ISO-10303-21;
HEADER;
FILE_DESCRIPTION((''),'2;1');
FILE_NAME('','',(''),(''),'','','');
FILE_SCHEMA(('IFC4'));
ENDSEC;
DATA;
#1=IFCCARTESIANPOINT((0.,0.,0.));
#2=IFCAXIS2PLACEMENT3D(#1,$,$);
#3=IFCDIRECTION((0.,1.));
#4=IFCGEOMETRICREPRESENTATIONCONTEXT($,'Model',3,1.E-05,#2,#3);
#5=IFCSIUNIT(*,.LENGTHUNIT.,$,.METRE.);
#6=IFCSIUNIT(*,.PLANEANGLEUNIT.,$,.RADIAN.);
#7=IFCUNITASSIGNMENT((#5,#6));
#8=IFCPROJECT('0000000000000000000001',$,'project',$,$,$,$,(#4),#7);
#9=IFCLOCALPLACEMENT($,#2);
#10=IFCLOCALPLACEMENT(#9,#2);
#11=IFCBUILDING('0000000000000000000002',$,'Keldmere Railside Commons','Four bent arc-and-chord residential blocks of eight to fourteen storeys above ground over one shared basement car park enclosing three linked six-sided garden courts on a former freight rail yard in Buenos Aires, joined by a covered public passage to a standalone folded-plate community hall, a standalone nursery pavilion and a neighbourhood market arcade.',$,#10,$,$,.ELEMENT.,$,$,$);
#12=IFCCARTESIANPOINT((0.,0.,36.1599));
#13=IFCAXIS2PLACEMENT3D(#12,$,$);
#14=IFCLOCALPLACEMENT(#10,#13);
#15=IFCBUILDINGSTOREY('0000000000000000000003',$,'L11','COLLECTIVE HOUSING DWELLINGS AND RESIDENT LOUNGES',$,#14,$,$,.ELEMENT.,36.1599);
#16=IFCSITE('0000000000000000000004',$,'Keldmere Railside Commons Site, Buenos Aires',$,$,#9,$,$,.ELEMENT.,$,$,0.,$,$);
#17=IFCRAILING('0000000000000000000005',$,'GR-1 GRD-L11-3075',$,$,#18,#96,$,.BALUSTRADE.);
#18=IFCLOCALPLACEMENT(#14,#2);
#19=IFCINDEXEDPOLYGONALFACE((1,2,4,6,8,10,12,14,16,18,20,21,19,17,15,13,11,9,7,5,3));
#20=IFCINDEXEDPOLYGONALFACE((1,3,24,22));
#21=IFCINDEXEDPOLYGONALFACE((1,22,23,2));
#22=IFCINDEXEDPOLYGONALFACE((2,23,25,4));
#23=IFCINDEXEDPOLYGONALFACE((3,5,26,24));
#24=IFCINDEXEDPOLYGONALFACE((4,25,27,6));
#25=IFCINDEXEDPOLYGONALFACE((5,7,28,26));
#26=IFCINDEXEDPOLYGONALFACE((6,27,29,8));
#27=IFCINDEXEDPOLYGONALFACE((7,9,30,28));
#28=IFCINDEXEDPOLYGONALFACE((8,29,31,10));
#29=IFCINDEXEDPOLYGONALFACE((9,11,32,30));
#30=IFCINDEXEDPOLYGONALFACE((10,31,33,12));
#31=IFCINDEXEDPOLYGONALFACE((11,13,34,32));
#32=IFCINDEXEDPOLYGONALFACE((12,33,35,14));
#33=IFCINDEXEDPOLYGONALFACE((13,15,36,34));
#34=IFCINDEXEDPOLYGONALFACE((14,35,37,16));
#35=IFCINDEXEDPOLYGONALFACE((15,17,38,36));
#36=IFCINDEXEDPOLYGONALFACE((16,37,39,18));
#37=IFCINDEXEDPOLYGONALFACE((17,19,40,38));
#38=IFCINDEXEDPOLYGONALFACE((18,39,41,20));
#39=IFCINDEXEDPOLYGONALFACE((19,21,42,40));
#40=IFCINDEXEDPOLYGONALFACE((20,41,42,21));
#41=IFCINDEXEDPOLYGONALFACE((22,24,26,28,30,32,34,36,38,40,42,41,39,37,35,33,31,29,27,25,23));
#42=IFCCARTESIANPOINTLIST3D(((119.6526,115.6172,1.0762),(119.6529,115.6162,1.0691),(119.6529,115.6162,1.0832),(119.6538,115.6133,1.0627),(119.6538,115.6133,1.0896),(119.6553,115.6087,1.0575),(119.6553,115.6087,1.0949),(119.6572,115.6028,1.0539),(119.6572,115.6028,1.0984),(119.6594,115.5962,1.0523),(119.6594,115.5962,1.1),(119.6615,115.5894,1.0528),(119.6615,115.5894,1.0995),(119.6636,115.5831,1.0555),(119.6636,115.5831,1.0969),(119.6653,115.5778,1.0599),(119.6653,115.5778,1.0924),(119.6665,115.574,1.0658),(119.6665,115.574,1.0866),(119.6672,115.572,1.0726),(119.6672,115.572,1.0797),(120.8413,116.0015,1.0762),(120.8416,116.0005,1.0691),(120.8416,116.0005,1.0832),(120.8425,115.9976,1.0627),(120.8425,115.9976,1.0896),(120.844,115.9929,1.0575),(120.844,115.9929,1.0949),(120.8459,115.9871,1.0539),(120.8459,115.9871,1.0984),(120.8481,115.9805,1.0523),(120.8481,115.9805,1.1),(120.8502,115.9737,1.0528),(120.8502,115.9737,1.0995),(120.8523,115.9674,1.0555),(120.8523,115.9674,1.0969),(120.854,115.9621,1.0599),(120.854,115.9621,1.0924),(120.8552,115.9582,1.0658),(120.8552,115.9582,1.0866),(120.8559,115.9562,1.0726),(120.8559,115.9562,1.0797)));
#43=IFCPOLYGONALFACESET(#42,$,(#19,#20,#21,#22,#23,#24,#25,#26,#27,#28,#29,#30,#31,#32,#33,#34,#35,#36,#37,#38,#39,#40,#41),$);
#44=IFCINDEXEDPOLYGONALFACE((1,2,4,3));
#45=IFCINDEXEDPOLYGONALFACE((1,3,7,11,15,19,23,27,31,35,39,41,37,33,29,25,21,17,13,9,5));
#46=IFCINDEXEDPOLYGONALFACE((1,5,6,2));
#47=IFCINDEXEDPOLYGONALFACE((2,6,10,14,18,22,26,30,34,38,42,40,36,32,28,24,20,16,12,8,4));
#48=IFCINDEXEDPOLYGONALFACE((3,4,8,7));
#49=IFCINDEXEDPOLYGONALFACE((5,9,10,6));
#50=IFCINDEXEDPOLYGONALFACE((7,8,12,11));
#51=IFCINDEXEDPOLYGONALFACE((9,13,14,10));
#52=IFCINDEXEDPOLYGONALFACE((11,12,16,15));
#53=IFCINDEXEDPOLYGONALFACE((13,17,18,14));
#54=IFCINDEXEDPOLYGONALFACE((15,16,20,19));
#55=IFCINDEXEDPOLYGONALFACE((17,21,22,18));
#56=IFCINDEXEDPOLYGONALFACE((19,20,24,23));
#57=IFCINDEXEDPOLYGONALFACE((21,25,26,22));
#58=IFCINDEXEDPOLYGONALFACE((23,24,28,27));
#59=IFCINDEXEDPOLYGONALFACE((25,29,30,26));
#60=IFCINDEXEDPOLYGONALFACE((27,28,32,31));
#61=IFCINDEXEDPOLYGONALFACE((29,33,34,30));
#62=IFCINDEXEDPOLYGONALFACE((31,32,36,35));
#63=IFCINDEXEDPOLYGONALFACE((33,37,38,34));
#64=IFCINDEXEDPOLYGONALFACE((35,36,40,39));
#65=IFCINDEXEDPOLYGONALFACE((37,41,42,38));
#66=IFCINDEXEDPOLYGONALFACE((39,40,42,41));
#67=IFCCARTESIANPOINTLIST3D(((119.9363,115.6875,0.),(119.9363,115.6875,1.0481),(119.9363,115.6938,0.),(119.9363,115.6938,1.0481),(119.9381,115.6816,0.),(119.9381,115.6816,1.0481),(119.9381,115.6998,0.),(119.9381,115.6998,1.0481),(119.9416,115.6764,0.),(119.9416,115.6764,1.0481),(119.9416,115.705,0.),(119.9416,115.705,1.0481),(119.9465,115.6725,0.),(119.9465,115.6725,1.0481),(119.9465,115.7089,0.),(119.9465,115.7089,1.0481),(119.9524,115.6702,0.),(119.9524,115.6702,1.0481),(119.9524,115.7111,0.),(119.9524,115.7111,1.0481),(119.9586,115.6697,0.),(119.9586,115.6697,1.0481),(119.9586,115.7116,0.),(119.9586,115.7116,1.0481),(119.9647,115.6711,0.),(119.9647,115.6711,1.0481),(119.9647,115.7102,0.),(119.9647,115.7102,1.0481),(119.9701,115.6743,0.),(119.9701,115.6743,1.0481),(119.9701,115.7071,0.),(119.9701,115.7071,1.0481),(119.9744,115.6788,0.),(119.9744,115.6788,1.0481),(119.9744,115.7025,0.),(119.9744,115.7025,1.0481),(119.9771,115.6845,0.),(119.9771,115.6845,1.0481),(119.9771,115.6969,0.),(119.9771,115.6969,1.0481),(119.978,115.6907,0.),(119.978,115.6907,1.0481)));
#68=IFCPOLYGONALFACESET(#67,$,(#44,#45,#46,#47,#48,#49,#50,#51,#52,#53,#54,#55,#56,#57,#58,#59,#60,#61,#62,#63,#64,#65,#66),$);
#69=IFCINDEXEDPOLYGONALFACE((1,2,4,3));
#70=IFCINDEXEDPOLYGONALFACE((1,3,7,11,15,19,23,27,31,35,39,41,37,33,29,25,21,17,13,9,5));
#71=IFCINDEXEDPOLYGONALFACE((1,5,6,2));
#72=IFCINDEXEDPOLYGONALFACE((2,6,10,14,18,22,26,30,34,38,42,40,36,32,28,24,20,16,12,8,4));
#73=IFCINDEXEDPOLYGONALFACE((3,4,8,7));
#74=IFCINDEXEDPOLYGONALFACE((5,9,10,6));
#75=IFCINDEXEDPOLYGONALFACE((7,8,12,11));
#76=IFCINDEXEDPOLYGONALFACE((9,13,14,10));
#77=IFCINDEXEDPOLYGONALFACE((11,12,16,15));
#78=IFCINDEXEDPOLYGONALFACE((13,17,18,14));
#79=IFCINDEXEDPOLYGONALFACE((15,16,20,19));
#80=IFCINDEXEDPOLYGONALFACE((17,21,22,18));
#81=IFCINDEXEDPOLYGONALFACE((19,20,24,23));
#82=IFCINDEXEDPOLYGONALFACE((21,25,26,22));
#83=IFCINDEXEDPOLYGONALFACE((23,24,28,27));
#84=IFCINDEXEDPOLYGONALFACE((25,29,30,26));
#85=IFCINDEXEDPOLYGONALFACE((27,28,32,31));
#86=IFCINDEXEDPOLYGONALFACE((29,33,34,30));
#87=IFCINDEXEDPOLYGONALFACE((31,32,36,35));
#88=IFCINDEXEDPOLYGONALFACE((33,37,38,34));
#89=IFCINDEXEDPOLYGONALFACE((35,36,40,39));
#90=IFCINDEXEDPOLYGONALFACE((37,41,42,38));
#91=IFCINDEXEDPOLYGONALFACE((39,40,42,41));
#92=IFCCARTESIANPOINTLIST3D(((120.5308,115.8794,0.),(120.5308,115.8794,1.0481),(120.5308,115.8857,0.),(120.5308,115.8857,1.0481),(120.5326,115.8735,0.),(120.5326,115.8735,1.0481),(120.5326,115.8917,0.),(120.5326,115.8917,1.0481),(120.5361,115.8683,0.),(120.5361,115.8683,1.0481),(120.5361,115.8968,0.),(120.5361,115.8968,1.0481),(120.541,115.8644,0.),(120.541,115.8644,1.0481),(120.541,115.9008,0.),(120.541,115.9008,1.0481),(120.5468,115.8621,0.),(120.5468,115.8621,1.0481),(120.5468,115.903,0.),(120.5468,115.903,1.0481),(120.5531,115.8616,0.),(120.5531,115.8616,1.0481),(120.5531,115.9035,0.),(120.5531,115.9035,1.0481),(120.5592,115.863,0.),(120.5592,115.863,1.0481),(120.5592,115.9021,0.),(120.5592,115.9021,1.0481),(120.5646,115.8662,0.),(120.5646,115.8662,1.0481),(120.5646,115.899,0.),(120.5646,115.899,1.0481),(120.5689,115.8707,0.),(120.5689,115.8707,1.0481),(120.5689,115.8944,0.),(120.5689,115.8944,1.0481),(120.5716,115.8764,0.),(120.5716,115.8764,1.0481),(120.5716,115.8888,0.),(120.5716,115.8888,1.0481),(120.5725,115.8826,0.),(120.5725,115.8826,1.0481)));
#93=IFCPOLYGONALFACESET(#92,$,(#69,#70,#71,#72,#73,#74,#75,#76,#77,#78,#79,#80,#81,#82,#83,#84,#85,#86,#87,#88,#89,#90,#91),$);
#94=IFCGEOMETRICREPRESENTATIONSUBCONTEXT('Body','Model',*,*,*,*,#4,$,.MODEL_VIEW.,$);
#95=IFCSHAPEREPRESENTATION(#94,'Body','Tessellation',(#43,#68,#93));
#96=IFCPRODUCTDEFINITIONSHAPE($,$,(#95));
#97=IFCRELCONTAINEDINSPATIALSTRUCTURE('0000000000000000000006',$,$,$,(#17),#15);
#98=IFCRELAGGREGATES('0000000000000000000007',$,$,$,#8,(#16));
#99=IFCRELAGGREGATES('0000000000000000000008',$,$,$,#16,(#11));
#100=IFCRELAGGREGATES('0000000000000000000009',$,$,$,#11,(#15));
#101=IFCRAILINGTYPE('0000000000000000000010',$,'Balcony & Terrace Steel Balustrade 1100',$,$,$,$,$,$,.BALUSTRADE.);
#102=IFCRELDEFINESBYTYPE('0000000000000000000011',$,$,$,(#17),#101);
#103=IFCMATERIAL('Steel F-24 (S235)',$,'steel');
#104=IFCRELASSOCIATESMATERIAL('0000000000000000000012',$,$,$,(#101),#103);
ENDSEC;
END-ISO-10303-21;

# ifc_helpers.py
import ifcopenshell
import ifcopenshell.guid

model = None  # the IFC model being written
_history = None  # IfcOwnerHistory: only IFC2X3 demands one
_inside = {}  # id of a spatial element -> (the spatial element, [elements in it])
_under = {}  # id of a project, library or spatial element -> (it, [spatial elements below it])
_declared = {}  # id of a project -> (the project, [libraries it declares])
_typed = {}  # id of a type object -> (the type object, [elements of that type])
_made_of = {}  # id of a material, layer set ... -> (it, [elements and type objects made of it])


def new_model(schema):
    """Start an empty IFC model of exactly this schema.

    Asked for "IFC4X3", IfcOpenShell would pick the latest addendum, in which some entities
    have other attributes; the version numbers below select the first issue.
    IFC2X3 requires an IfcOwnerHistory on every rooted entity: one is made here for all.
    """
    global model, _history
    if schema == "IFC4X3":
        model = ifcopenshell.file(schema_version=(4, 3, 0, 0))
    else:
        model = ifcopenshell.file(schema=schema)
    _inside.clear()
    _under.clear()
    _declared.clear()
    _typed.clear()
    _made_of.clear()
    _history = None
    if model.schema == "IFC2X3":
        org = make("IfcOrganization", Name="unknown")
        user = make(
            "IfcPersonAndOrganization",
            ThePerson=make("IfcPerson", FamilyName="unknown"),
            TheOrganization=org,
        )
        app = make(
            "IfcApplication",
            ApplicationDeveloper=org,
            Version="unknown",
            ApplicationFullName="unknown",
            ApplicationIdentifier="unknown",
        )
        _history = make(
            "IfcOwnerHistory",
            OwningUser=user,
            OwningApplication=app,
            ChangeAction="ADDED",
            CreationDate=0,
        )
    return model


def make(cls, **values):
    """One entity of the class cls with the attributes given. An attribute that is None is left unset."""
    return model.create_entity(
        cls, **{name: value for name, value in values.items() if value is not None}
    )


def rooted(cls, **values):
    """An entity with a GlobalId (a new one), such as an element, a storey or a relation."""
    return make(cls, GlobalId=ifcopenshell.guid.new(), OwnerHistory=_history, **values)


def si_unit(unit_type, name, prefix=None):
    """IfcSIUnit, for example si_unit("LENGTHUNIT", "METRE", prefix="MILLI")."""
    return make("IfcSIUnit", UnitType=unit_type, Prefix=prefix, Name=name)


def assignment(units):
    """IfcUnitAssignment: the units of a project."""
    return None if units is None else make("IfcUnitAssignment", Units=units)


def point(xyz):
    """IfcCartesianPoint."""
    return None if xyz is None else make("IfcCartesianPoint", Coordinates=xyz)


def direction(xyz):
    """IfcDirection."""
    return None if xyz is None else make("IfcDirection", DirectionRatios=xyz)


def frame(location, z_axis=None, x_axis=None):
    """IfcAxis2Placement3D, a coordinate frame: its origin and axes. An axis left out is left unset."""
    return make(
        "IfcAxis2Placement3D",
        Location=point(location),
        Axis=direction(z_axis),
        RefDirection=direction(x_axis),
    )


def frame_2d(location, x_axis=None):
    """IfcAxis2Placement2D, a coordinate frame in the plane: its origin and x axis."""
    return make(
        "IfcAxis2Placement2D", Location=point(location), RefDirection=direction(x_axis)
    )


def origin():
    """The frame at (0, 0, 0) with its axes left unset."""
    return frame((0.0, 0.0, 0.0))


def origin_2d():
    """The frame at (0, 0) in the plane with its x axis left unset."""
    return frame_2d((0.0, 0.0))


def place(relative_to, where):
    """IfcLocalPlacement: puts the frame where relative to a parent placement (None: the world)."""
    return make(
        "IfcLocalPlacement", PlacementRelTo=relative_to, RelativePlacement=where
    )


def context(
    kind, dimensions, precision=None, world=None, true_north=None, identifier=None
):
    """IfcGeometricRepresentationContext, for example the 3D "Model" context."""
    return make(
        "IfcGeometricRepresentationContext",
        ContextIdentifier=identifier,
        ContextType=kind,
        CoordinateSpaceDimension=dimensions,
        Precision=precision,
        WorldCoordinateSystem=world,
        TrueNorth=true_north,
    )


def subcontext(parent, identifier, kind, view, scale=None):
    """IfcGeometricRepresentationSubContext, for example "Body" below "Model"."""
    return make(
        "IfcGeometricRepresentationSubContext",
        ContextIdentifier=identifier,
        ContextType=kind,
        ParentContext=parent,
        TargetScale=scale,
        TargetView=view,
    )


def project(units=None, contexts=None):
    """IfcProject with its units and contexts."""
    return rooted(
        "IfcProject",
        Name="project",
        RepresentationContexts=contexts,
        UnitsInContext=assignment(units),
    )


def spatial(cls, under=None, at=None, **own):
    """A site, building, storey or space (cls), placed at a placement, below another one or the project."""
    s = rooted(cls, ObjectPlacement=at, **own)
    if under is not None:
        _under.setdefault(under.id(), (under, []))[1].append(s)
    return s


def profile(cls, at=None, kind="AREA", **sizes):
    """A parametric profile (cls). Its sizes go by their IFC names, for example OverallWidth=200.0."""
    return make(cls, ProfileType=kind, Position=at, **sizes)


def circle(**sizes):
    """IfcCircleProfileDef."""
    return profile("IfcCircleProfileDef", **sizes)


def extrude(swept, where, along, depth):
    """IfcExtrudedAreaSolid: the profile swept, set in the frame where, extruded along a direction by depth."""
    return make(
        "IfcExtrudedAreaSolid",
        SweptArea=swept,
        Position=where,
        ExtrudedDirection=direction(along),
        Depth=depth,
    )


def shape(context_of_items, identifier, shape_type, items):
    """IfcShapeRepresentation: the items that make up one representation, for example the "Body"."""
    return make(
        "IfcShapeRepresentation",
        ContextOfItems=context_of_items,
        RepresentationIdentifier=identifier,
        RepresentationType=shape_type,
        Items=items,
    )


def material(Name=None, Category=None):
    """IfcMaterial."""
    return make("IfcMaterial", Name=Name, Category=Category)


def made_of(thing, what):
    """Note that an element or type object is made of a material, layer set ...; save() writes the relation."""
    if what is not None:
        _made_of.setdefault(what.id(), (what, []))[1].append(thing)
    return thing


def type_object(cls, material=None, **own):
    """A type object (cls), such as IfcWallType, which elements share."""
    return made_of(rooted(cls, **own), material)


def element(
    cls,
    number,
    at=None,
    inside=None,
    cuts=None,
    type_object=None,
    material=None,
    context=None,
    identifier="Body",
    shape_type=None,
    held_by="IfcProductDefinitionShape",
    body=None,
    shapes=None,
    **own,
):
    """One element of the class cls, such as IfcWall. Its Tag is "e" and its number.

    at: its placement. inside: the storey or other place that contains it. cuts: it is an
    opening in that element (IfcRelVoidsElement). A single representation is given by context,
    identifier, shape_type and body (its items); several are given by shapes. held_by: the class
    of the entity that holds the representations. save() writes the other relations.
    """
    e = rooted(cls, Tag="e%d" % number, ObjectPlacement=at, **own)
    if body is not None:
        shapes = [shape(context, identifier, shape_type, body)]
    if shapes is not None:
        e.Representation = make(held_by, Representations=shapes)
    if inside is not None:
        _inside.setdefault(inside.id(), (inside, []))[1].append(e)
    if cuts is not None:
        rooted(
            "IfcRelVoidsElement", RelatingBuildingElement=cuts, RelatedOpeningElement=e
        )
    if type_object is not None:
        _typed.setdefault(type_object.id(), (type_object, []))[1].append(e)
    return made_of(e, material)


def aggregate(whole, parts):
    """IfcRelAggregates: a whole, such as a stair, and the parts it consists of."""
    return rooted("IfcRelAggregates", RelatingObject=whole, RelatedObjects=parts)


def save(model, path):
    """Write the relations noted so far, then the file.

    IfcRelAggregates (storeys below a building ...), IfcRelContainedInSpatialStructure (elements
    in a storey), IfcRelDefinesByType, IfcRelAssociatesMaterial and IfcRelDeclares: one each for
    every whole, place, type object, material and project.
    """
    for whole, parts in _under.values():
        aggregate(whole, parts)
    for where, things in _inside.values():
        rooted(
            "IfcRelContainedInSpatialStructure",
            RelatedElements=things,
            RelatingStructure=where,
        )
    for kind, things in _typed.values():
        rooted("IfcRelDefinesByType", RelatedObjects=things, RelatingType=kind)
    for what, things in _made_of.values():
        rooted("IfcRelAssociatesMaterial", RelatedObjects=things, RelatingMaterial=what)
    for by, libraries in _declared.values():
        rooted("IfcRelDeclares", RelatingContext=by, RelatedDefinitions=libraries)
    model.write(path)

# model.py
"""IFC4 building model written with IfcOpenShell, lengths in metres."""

from ifc_helpers import new_model, si_unit, direction, frame, origin, origin_2d, place, context, subcontext, project, spatial, circle, extrude, material, type_object, element, save


model = new_model("IFC4")

# Units and contexts
model_context = context("Model", 3, precision=1e-05, world=origin(), true_north=direction((0.0, 1.0)))
body_context = subcontext(model_context, "Body", "Model", "MODEL_VIEW")
ifc_project = project(units=[si_unit("LENGTHUNIT", "METRE"), si_unit("PLANEANGLEUNIT", "RADIAN")], contexts=[model_context])

# Site, building, storey
site_placement = place(None, origin())
site = spatial("IfcSite", under=ifc_project, at=site_placement, Name="Keldmere Railside Commons Site, Buenos Aires", CompositionType="ELEMENT", RefElevation=0.0)
building_placement = place(site_placement, origin())
building = spatial("IfcBuilding", under=site, at=building_placement, Name="Keldmere Railside Commons", Description="Four bent arc-and-chord residential blocks of eight to fourteen storeys above ground over one shared basement car park enclosing three linked six-sided garden courts on a former freight rail yard in Buenos Aires, joined by a covered public passage to a standalone folded-plate community hall, a standalone nursery pavilion and a neighbourhood market arcade.", CompositionType="ELEMENT")
storey_placement = place(building_placement, frame((0.0, 0.0, 36.1599)))
storey = spatial("IfcBuildingStorey", under=building, at=storey_placement, Name="L11", Description="COLLECTIVE HOUSING DWELLINGS AND RESIDENT LOUNGES", CompositionType="ELEMENT", Elevation=36.1599)

# Shared definitions
ifc_material_1 = material(Name="Steel F-24 (S235)", Category="steel")

# Railing
railing_type = type_object("IfcRailingType", Name="Balcony & Terrace Steel Balustrade 1100", PredefinedType="BALUSTRADE", material=ifc_material_1)
railing_1_placement = place(storey_placement, frame((119.6599, 115.5945, 0.0)))
element("IfcRailing", 1, at=railing_1_placement, inside=storey, type_object=railing_type, Name="GR-1 GRD-L11-3075", PredefinedType="BALUSTRADE", context=body_context, shape_type="SweptSolid", body=[
    extrude(circle(Radius=0.0239, at=origin_2d()), frame((0.0, 0.0, 1.0762), z_axis=(0.951517, 0.307597, 0.0), x_axis=(-0.307597, 0.951517, 0.0)), (0.0, 0.0, 1.0), 1.2493),
    extrude(circle(Radius=0.021, at=origin_2d()), frame((0.2971, 0.0962, 0.0)), (0.0, 0.0, 1.0), 1.0481),
    extrude(circle(Radius=0.021, at=origin_2d()), frame((0.8916, 0.2881, 0.0)), (0.0, 0.0, 1.0), 1.0481),
])

save(model, "model.ifc")
